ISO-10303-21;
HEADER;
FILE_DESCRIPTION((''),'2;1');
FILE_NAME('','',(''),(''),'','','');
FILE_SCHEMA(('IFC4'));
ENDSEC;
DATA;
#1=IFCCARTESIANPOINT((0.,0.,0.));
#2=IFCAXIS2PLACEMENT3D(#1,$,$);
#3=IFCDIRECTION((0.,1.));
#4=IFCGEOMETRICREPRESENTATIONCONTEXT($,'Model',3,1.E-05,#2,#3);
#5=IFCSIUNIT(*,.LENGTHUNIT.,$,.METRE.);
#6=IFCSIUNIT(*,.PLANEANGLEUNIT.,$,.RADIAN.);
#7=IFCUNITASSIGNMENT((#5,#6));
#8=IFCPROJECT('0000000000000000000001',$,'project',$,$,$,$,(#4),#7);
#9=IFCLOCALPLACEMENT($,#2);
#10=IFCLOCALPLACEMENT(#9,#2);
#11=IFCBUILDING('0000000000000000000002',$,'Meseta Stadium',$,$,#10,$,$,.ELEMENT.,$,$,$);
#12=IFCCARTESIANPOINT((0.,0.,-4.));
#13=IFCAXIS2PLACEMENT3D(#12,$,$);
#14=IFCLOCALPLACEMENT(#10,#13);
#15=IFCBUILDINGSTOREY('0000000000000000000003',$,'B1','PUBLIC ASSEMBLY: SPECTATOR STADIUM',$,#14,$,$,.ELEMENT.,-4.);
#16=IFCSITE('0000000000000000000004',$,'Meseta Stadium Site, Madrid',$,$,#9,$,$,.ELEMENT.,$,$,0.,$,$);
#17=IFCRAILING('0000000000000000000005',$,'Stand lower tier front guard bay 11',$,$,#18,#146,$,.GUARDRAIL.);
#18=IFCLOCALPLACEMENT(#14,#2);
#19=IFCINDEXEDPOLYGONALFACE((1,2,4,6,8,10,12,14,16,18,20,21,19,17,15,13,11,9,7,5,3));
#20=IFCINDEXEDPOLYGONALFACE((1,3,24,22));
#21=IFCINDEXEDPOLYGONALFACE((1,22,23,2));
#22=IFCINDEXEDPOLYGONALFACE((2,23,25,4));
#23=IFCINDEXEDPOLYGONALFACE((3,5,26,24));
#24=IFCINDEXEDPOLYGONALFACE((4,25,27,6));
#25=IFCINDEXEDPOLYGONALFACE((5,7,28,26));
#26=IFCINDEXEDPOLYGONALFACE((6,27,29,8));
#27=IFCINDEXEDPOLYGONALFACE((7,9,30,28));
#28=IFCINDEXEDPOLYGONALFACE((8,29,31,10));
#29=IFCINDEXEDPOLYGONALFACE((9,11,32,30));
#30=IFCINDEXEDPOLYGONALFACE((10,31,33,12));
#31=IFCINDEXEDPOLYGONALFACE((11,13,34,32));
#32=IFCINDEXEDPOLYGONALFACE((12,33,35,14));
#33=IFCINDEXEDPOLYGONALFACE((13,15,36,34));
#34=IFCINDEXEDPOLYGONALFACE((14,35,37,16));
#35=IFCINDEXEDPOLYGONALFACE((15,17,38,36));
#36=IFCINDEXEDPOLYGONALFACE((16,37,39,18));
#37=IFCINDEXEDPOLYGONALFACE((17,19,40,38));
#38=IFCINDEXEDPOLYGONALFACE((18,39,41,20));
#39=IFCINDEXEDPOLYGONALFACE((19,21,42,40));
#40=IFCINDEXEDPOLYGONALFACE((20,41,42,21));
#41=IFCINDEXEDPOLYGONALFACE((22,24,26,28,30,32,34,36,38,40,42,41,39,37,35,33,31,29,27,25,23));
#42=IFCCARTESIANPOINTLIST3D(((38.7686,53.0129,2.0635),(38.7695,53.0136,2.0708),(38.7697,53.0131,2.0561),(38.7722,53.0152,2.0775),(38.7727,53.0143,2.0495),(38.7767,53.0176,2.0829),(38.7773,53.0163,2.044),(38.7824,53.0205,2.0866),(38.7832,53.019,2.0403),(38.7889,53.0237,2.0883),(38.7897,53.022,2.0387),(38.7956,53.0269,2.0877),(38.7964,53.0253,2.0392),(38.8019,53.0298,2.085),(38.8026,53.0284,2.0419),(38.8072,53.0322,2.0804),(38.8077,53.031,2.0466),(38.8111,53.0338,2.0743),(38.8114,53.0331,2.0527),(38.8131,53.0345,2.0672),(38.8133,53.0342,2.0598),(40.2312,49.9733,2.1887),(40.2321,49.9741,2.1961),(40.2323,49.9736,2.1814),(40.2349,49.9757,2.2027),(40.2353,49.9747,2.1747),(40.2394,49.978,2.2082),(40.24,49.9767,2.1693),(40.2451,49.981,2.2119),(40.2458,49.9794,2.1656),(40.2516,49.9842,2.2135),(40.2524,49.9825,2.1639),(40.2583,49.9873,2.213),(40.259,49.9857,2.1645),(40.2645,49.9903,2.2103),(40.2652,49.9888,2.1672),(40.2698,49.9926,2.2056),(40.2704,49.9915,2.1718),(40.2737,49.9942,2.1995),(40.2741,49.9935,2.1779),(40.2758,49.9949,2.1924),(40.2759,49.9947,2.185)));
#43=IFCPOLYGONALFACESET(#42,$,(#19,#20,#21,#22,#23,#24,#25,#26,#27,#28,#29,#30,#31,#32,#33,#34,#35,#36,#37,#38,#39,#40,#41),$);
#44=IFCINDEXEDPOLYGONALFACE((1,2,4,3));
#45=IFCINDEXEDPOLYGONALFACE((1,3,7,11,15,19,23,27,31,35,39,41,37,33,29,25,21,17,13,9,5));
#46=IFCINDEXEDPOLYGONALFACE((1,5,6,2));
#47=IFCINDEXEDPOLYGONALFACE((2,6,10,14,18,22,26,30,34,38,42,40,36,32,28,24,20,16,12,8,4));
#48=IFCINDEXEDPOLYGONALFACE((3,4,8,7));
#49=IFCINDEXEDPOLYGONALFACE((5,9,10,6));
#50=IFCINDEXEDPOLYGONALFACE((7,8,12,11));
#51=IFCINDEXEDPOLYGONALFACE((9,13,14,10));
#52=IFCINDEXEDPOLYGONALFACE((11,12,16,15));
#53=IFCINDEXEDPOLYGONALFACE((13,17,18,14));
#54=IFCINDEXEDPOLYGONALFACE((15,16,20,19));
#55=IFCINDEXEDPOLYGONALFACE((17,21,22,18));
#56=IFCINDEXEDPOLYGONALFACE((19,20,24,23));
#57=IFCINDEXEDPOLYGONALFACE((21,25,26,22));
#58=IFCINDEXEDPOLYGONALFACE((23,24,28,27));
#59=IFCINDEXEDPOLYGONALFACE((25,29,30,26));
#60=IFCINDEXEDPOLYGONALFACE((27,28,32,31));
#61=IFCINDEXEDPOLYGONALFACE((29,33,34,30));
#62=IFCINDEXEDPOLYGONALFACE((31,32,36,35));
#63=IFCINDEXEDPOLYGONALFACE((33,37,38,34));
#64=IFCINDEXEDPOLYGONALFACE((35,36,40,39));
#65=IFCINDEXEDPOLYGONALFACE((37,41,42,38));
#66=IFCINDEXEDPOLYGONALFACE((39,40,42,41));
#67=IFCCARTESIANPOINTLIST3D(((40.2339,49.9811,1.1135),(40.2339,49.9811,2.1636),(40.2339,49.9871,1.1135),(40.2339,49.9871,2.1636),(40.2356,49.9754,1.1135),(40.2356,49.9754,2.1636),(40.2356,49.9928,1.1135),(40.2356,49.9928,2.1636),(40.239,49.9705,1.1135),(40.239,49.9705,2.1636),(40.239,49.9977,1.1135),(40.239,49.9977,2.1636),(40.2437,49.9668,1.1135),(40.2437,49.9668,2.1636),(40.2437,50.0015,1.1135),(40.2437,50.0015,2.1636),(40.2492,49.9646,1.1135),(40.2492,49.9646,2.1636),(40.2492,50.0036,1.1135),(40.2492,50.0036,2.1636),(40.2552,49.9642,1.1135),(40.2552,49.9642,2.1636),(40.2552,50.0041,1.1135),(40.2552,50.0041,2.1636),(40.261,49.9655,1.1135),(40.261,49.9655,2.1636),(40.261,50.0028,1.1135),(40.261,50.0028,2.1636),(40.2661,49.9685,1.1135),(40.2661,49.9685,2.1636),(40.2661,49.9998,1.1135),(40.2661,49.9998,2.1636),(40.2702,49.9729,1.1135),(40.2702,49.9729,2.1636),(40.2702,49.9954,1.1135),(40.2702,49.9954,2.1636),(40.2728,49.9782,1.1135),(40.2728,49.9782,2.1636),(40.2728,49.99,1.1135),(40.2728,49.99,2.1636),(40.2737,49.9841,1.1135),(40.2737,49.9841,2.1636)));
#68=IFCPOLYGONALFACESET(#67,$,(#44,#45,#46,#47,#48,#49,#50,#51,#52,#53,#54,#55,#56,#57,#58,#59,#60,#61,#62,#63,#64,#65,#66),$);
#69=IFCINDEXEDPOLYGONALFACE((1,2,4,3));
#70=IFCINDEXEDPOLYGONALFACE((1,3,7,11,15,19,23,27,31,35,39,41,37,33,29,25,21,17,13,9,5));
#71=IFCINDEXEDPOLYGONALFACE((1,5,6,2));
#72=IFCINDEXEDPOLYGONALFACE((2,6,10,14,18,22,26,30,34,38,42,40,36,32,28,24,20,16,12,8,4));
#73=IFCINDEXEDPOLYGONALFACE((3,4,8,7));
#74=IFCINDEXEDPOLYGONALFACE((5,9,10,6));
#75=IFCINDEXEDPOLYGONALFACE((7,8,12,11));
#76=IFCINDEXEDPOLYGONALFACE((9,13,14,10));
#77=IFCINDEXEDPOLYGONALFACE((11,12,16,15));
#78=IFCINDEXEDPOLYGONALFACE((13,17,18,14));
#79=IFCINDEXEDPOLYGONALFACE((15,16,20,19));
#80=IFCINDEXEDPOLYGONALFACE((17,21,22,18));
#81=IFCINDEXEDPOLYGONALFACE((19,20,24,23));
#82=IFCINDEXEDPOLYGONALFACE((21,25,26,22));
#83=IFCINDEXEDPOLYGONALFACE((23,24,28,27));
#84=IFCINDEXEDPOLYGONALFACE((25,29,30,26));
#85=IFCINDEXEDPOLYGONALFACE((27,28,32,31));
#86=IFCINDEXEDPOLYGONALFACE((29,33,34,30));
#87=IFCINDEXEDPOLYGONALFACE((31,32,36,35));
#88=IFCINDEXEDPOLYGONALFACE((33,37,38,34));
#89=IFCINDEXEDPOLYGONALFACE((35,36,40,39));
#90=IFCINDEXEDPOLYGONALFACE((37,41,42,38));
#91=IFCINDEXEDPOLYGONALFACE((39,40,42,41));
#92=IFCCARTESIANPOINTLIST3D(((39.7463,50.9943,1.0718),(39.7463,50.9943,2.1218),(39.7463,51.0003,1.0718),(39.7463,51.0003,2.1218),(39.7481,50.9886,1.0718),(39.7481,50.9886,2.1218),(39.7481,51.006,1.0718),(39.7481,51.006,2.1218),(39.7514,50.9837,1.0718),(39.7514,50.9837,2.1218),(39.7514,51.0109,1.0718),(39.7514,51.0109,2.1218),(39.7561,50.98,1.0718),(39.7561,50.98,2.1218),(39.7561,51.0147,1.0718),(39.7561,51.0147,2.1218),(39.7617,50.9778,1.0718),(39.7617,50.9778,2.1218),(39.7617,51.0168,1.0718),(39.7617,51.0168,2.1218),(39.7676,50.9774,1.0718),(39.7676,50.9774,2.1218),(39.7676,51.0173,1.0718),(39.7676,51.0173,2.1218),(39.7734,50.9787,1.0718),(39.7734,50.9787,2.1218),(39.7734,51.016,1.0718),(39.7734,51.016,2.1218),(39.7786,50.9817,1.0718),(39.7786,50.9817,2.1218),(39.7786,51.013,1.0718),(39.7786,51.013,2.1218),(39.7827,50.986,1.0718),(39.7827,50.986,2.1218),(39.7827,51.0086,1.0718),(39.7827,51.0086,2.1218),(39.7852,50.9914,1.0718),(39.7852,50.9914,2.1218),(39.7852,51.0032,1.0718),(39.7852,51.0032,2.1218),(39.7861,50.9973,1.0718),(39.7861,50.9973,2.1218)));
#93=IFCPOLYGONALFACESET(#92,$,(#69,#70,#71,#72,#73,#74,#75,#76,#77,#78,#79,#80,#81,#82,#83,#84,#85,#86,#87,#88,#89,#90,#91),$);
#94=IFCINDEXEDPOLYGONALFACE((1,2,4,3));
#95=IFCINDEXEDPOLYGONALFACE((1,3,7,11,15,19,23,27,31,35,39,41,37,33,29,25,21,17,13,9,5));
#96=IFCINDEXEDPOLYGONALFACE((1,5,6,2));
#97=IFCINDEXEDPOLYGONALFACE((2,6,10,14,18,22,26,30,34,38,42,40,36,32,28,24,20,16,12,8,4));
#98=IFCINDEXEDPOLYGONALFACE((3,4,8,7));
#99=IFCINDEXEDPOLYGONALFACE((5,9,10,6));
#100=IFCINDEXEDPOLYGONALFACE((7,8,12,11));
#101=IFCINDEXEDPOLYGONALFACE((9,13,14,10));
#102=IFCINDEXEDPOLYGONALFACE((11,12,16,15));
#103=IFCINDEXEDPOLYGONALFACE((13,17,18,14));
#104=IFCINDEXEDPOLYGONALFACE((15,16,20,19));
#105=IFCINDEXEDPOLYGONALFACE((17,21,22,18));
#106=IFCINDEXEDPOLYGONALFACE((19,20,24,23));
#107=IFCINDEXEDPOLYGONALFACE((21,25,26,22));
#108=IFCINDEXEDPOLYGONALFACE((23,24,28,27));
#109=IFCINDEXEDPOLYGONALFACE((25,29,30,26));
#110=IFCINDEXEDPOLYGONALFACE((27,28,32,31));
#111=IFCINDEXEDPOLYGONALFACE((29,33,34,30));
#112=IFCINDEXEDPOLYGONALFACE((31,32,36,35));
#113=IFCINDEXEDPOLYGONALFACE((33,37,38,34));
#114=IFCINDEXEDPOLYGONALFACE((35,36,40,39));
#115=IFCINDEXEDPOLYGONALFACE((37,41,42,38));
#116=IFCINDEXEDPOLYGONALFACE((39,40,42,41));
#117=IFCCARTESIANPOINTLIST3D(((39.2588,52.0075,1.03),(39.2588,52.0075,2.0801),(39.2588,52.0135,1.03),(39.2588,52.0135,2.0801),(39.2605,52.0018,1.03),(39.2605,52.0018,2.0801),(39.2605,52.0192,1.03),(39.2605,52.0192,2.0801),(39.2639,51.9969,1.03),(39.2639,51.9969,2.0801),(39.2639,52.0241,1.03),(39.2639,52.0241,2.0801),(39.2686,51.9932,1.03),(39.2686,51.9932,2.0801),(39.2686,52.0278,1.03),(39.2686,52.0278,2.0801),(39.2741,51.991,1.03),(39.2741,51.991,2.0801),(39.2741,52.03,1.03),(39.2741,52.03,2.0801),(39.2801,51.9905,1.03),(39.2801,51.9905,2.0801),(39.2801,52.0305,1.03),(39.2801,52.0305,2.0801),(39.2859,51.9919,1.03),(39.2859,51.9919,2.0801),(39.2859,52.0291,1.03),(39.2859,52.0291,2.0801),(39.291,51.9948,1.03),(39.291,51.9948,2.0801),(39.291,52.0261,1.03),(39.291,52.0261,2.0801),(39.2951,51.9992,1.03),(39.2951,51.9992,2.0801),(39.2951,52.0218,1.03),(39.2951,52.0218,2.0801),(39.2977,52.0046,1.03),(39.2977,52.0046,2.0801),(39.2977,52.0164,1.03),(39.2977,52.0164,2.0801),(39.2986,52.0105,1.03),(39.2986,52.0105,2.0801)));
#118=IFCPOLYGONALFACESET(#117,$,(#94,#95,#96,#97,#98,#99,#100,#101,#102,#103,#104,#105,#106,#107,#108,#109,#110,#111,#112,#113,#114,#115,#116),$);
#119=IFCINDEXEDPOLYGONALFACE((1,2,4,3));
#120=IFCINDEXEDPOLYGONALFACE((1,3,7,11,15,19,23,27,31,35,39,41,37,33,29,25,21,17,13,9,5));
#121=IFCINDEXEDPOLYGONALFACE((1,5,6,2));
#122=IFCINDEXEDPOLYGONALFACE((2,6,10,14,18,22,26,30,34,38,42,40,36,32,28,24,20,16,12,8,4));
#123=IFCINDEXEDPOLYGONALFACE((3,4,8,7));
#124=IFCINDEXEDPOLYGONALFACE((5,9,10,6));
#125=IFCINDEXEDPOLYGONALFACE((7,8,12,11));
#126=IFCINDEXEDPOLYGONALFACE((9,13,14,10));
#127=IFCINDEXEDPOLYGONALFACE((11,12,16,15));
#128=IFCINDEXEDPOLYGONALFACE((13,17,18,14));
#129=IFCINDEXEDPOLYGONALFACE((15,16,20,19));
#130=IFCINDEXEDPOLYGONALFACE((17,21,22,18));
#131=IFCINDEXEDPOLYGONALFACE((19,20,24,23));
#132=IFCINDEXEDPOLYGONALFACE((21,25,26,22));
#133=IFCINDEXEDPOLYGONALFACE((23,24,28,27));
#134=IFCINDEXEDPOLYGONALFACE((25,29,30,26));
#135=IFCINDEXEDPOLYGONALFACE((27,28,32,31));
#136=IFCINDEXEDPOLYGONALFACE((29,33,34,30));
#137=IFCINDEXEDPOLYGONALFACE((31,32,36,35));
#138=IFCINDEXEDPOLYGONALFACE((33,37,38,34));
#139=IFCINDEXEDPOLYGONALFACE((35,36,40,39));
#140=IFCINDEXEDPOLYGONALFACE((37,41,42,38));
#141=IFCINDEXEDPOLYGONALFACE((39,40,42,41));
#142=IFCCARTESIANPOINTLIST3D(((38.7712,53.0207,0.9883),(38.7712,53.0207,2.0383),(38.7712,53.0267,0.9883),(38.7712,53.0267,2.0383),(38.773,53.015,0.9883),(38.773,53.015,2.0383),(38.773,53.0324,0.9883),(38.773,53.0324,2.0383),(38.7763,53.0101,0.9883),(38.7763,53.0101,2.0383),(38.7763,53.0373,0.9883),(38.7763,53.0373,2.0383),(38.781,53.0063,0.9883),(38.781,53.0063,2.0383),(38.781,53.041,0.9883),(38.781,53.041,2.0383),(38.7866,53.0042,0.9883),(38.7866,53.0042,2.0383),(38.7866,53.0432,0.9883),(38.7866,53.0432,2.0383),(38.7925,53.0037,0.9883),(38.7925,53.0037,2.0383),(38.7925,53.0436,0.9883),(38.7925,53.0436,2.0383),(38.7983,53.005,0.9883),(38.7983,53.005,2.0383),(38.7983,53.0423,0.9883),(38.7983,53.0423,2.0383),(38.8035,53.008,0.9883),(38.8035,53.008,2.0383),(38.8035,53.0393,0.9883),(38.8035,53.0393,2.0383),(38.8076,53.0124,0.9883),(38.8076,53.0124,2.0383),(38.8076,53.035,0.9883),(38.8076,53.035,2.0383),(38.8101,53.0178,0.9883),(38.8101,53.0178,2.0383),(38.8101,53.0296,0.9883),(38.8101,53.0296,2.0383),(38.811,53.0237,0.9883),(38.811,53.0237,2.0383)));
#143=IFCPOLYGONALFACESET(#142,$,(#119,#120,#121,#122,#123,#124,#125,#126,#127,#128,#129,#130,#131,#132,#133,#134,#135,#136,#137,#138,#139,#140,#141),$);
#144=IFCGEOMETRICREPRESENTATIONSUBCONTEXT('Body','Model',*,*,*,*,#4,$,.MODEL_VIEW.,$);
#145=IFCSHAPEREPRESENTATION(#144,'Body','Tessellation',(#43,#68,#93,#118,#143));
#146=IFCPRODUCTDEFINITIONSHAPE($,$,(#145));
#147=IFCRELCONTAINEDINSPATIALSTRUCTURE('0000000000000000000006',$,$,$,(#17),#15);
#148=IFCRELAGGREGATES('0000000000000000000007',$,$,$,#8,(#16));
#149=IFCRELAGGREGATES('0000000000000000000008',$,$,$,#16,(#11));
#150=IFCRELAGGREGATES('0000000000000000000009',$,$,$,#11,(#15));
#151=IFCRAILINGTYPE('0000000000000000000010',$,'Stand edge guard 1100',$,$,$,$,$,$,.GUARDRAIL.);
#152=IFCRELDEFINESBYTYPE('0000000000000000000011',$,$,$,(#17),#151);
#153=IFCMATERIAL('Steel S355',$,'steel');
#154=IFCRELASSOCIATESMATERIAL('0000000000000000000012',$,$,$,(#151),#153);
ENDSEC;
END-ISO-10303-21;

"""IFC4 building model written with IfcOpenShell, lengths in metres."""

from ifc_helpers import new_model, si_unit, direction, frame, origin, origin_2d, place, context, subcontext, project, spatial, circle, extrude, material, type_object, element, save


model = new_model("IFC4")

# Units and contexts
model_context = context("Model", 3, precision=1e-05, world=origin(), true_north=direction((0.0, 1.0)))
body_context = subcontext(model_context, "Body", "Model", "MODEL_VIEW")
ifc_project = project(units=[si_unit("LENGTHUNIT", "METRE"), si_unit("PLANEANGLEUNIT", "RADIAN")], contexts=[model_context])

# Site, building, storey
site_placement = place(None, origin())
site = spatial("IfcSite", under=ifc_project, at=site_placement, Name="Meseta Stadium Site, Madrid", CompositionType="ELEMENT", RefElevation=0.0)
building_placement = place(site_placement, origin())
building = spatial("IfcBuilding", under=site, at=building_placement, Name="Meseta Stadium", CompositionType="ELEMENT")
storey_placement = place(building_placement, frame((0.0, 0.0, -4.0)))
storey = spatial("IfcBuildingStorey", under=building, at=storey_placement, Name="B1", Description="PUBLIC ASSEMBLY: SPECTATOR STADIUM", CompositionType="ELEMENT", Elevation=-4.0)

# Railing
ifc_material_1 = material(Name="Steel S355", Category="steel")
railing_type = type_object("IfcRailingType", Name="Stand edge guard 1100", PredefinedType="GUARDRAIL", material=ifc_material_1)
railing_1_placement = place(storey_placement, frame((40.2537, 49.9841, 1.1135)))
element("IfcRailing", 1, at=railing_1_placement, inside=storey, type_object=railing_type, Name="Stand lower tier front guard bay 11", PredefinedType="GUARDRAIL", context=body_context, shape_type="SweptSolid", body=[
    extrude(circle(Radius=0.0249, at=origin_2d()), frame((0.0, 0.0, 1.0752), z_axis=(-0.433315, 0.900479, -0.037104), x_axis=(-0.901099, -0.433613, 0.0)), (0.0, 0.0, 1.0), 3.3755),
    extrude(circle(Radius=0.02, at=origin_2d()), origin(), (0.0, 0.0, 1.0), 1.05),
    extrude(circle(Radius=0.02, at=origin_2d()), frame((-0.4875, 1.0132, -0.0417)), (0.0, 0.0, 1.0), 1.05),
    extrude(circle(Radius=0.02, at=origin_2d()), frame((-0.9751, 2.0264, -0.0835)), (0.0, 0.0, 1.0), 1.05),
    extrude(circle(Radius=0.02, at=origin_2d()), frame((-1.4626, 3.0396, -0.1252)), (0.0, 0.0, 1.0), 1.05),
])

save(model, "model.ifc")
